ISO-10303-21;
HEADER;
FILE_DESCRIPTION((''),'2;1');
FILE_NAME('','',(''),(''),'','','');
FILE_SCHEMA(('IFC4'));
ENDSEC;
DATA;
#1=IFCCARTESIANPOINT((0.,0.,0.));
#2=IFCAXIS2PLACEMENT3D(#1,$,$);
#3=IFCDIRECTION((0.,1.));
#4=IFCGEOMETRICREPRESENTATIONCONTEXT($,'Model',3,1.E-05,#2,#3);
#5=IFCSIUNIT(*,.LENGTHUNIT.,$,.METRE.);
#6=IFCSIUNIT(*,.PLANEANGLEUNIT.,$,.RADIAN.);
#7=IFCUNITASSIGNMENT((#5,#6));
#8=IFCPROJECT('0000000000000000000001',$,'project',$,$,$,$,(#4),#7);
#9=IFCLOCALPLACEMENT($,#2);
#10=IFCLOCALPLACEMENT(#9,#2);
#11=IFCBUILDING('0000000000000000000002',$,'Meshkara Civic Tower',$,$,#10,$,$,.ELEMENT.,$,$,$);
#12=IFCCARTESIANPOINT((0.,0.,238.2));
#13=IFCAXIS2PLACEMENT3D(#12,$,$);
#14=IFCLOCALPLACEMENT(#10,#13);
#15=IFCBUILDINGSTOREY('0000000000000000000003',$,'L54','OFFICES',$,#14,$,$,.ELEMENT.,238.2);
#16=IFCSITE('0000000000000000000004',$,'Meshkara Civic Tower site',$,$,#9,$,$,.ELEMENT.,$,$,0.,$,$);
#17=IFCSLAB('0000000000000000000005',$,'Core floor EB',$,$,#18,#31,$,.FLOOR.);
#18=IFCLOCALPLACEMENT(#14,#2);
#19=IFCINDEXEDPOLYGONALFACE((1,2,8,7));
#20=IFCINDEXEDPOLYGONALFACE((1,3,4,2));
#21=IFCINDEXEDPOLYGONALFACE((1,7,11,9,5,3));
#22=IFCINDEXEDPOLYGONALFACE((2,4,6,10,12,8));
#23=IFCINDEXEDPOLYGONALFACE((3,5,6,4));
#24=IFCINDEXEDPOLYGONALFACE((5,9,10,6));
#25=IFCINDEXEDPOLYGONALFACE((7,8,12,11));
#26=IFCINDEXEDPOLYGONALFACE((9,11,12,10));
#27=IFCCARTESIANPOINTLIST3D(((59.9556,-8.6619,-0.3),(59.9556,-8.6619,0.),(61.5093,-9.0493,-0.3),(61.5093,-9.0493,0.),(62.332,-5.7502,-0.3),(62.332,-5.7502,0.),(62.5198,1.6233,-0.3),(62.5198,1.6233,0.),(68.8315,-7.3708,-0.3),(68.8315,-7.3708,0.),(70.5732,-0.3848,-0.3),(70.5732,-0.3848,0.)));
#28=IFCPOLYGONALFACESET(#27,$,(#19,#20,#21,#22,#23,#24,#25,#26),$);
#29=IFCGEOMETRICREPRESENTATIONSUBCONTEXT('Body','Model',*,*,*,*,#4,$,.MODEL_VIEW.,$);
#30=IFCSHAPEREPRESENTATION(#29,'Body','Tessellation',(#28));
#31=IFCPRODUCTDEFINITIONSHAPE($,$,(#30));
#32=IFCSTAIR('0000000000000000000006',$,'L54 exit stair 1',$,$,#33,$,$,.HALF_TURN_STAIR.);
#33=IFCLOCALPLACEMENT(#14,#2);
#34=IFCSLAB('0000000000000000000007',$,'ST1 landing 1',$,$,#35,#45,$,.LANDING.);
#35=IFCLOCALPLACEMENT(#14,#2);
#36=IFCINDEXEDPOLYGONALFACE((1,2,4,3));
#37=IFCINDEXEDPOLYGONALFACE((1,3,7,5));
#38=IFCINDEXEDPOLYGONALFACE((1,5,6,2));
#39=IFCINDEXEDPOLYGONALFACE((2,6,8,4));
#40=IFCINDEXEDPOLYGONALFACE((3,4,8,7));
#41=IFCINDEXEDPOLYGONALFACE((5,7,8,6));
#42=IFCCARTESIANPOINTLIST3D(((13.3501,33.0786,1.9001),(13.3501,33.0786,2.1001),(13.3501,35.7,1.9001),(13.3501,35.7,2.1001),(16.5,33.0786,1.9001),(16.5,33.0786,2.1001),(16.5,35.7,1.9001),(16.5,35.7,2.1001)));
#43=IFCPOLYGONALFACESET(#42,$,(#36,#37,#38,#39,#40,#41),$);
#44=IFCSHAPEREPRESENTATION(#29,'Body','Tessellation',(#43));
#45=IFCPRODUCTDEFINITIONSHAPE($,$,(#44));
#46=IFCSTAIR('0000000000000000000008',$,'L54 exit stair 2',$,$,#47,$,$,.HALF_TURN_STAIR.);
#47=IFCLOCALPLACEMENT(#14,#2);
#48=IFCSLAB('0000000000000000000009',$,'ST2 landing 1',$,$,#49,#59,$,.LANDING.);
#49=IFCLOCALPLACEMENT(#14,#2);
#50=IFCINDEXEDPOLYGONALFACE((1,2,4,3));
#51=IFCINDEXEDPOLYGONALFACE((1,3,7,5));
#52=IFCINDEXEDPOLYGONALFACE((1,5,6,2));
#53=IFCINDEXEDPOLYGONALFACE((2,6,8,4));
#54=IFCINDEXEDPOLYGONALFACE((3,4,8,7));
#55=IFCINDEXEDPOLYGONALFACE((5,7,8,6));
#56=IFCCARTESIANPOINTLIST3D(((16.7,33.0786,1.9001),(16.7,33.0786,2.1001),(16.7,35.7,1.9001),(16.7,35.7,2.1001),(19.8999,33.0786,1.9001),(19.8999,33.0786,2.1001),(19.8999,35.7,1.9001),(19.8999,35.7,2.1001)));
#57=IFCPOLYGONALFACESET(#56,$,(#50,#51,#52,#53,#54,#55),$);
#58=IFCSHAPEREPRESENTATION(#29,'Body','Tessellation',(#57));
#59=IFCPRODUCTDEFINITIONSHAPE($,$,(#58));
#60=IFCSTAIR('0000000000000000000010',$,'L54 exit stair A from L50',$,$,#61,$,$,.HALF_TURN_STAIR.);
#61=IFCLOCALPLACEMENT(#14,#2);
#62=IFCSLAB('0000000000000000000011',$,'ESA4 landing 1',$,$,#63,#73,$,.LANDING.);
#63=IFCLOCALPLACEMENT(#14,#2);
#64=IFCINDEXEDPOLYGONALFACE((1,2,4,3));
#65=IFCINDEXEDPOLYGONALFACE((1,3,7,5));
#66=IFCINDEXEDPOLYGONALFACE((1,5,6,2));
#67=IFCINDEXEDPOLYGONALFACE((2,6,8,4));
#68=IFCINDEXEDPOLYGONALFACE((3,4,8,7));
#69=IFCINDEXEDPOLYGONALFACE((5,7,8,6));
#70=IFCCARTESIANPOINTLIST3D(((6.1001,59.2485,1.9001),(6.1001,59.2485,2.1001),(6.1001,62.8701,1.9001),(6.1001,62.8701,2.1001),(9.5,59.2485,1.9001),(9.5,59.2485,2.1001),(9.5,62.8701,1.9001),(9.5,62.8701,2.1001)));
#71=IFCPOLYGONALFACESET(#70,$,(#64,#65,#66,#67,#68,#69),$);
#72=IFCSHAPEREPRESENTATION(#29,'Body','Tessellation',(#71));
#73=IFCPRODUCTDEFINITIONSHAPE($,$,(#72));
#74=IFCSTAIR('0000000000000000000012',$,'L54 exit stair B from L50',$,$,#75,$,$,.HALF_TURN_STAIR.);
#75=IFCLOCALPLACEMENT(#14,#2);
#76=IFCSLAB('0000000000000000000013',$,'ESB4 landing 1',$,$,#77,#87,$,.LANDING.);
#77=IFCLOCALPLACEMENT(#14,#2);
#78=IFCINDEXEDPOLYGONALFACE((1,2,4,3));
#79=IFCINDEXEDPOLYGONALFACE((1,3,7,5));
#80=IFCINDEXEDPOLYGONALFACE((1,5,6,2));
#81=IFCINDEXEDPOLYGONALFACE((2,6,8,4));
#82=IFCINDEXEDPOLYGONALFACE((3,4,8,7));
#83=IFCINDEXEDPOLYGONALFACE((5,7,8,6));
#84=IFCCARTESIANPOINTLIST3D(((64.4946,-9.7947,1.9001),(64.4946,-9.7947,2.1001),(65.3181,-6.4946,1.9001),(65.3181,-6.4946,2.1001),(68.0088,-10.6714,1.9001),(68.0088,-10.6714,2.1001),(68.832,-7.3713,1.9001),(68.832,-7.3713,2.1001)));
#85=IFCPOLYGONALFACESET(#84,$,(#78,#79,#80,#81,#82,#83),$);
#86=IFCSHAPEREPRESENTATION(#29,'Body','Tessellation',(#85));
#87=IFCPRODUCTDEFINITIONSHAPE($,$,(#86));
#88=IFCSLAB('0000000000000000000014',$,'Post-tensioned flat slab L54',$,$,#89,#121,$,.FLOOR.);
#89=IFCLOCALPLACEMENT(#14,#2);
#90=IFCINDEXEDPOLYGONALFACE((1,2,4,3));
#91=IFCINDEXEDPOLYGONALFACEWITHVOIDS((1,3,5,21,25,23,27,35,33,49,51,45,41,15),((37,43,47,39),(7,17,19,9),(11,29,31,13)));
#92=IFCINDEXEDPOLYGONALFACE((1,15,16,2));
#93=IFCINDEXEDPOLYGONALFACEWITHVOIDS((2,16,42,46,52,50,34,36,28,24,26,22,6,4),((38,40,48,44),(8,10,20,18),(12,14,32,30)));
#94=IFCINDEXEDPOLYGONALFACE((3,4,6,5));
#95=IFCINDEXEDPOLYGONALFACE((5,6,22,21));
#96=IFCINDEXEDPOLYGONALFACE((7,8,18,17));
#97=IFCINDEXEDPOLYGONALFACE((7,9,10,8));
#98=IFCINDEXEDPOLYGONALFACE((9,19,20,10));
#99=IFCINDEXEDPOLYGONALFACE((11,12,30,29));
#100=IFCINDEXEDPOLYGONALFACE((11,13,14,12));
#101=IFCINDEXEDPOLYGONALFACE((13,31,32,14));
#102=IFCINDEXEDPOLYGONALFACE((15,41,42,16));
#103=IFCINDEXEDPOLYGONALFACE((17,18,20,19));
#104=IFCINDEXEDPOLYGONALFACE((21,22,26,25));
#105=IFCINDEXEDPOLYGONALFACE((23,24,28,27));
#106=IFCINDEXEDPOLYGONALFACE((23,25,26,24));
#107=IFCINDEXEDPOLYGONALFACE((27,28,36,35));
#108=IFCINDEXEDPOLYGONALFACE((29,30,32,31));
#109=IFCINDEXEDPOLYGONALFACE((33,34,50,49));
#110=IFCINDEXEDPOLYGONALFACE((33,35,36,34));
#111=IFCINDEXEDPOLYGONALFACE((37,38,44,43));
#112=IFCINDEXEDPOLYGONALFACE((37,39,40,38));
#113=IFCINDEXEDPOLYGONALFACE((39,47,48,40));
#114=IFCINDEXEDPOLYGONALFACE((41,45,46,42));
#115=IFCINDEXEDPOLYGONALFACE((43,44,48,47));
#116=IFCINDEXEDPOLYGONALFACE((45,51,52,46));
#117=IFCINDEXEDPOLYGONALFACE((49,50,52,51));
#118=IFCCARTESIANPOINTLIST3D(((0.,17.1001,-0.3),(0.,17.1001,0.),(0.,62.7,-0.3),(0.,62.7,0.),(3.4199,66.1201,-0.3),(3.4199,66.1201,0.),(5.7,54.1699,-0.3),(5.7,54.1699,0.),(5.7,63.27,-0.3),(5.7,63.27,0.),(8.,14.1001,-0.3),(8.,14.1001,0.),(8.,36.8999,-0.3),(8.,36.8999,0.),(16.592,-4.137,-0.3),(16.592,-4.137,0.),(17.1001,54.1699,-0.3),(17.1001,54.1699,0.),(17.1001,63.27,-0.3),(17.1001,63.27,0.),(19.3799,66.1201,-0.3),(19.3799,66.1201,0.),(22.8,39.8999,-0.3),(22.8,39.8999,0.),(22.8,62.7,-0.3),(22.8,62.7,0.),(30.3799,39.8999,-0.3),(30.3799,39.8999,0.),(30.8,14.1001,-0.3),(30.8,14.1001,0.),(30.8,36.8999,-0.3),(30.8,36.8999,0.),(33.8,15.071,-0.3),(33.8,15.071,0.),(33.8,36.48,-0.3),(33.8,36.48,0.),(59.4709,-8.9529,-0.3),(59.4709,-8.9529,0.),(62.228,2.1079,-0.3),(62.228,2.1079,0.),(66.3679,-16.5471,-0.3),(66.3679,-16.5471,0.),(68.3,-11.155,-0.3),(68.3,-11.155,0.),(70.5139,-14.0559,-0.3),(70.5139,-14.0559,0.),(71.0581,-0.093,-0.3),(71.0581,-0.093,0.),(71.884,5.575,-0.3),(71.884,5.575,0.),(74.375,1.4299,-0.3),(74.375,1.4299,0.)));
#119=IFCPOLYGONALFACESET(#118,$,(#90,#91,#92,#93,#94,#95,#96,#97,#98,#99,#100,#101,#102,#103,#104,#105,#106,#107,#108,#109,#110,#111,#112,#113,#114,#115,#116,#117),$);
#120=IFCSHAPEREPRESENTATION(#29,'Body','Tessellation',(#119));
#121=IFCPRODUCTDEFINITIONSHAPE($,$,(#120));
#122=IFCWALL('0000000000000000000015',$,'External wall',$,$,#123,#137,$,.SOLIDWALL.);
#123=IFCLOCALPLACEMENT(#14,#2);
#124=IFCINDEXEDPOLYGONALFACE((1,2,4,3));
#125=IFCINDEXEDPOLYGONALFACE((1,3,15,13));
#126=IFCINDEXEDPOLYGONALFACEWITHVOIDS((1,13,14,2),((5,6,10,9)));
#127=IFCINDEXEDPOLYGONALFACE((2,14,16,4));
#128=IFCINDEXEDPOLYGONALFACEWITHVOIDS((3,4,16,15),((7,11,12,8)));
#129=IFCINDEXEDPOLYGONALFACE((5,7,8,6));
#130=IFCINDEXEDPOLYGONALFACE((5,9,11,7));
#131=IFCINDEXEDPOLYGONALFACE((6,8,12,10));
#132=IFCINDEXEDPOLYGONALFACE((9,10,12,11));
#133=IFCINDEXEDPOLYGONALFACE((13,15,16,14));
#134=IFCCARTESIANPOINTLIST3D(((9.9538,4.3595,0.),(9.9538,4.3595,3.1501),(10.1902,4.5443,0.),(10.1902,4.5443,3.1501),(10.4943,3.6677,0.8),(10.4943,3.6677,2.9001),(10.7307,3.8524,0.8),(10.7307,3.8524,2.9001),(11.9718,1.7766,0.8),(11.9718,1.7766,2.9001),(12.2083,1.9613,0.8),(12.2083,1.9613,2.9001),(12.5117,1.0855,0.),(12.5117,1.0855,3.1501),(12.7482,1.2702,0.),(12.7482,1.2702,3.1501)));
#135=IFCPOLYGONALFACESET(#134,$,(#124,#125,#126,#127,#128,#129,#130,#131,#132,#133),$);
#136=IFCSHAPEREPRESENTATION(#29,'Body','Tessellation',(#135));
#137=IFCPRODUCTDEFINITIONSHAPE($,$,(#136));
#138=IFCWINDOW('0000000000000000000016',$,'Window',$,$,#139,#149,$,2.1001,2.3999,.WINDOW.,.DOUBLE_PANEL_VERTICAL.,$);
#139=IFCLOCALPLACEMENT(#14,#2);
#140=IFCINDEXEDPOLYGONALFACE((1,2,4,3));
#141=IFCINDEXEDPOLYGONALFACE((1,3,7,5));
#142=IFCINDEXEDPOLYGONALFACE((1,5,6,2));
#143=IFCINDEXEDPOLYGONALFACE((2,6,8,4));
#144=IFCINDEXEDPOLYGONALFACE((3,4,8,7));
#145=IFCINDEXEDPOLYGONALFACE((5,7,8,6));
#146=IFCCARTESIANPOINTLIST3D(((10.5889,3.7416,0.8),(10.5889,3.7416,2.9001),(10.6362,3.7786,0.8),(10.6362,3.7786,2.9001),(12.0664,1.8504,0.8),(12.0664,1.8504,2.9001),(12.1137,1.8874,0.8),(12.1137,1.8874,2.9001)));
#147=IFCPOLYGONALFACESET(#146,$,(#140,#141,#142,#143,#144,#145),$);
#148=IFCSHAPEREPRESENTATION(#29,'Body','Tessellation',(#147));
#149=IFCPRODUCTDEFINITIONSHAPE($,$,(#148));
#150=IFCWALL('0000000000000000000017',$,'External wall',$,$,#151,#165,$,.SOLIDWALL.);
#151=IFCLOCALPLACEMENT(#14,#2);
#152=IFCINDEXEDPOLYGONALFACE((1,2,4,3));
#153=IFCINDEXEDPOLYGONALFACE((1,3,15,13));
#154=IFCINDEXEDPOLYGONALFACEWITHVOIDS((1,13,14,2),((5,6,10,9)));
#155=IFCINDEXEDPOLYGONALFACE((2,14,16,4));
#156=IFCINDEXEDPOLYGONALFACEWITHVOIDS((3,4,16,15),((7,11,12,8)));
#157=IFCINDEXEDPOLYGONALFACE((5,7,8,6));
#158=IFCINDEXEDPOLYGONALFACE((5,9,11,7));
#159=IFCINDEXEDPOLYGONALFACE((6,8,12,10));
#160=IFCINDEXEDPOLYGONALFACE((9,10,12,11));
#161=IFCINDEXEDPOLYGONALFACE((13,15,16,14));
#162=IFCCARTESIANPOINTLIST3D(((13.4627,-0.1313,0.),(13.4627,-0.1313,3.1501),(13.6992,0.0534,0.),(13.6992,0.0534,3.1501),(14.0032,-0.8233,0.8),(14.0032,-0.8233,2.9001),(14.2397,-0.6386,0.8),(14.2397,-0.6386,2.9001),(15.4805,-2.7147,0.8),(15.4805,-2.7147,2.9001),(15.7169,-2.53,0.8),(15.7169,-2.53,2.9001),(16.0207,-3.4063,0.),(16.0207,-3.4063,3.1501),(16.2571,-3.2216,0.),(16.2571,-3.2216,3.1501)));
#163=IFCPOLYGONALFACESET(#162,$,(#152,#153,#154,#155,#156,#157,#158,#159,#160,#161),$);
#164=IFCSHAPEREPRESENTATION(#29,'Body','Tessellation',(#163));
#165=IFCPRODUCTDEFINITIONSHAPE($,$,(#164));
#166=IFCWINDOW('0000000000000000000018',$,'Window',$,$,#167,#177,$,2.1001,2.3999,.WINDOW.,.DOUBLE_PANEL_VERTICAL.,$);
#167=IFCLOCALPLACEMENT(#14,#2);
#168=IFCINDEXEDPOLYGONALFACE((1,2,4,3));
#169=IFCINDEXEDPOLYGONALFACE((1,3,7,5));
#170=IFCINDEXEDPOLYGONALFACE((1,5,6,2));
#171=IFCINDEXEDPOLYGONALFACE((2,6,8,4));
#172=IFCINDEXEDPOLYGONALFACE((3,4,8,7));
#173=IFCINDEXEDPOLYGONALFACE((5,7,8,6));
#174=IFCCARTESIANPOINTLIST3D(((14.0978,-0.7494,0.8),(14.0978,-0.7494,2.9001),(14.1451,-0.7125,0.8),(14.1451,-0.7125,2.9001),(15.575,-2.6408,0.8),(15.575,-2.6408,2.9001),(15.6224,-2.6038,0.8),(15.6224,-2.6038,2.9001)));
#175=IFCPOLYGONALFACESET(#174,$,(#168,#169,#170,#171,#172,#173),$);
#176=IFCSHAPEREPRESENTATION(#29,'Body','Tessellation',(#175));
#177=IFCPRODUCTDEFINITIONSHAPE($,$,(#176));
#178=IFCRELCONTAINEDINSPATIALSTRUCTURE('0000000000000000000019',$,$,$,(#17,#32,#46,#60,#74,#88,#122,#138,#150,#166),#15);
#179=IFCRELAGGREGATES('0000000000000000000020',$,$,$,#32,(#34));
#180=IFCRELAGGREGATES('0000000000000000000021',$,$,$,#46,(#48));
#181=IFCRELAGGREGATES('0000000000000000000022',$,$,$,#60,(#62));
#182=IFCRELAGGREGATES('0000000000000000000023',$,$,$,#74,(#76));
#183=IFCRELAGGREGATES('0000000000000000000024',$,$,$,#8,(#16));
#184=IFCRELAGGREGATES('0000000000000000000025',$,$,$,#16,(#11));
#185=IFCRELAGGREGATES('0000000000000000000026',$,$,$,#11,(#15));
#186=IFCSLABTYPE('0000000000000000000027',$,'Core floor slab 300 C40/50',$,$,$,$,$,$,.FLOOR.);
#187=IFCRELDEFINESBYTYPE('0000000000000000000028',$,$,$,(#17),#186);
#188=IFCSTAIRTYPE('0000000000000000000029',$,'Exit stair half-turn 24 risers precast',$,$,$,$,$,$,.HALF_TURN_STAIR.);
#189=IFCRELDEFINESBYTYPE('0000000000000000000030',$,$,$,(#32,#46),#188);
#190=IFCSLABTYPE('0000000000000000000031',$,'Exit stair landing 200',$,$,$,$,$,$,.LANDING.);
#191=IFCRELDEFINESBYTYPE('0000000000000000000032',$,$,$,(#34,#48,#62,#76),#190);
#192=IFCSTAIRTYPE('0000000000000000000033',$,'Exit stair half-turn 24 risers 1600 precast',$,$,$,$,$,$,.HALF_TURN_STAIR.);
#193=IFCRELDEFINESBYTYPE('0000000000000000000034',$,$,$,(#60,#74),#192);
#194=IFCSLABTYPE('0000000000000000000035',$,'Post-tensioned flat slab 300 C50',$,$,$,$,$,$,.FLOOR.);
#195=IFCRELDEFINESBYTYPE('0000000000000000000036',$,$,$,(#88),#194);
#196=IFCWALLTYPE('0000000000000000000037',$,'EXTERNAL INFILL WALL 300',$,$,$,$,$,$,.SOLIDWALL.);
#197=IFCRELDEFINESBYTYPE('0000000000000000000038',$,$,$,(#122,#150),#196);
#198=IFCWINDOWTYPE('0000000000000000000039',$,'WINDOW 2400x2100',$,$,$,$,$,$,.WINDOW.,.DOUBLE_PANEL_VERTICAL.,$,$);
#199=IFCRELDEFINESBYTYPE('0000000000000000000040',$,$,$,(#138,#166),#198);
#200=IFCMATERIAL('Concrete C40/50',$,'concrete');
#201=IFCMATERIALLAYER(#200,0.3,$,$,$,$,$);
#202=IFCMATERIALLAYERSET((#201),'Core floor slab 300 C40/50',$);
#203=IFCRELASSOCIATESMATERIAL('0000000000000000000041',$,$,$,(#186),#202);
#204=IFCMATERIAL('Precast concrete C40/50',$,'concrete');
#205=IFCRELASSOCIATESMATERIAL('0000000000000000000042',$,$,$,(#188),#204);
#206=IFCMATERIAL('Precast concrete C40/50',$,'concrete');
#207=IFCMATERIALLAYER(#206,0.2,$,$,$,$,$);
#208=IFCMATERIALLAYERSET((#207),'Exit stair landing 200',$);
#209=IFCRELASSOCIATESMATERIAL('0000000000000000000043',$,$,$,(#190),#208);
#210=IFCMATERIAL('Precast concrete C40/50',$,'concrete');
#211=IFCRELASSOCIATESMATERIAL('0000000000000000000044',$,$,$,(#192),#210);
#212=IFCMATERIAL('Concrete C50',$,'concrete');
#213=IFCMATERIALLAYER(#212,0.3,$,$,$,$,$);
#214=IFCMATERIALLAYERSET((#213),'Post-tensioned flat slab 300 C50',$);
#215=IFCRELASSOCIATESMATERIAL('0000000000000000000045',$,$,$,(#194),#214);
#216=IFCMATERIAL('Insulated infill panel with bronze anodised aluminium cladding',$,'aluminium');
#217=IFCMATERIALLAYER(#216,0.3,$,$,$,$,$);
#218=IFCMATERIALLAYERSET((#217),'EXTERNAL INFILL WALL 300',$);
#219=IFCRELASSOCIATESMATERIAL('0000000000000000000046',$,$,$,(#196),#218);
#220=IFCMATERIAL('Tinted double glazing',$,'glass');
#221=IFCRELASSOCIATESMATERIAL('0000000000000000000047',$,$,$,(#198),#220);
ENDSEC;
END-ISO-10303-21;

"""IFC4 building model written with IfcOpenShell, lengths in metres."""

from ifc_helpers import new_model, si_unit, direction, frame, frame_2d, origin, place, context, subcontext, project, spatial, polyline, rectangle, outline, extrude, material, layer, layer_set, type_object, element, fill, aggregate, save


model = new_model("IFC4")

# Units and contexts
model_context = context("Model", 3, precision=1e-05, world=origin(), true_north=direction((0.0, 1.0)))
body_context = subcontext(model_context, "Body", "Model", "MODEL_VIEW")
ifc_project = project(units=[si_unit("LENGTHUNIT", "METRE"), si_unit("PLANEANGLEUNIT", "RADIAN")], contexts=[model_context])

# Site, building, storey
site_placement = place(None, origin())
site = spatial("IfcSite", under=ifc_project, at=site_placement, Name="Meshkara Civic Tower site", CompositionType="ELEMENT", RefElevation=0.0)
building_placement = place(site_placement, origin())
building = spatial("IfcBuilding", under=site, at=building_placement, Name="Meshkara Civic Tower", CompositionType="ELEMENT")
storey_placement = place(building_placement, frame((0.0, 0.0, 238.2)))
storey = spatial("IfcBuildingStorey", under=building, at=storey_placement, Name="L54", Description="OFFICES", CompositionType="ELEMENT", Elevation=238.2)

# Slab
ifc_material_1 = material(Name="Concrete C40/50", Category="concrete")
ifc_layer_1 = layer(ifc_material_1, 0.3)
ifc_layer_set_1 = layer_set([ifc_layer_1], Name="Core floor slab 300 C40/50")
slab_type_1 = type_object("IfcSlabType", Name="Core floor slab 300 C40/50", PredefinedType="FLOOR", material=ifc_layer_set_1)
slab_1_placement = place(storey_placement, frame((0.0, 0.0, -0.3)))
element("IfcSlab", 1, at=slab_1_placement, inside=storey, type_object=slab_type_1, Name="Core floor EB", PredefinedType="FLOOR", context=body_context, shape_type="SweptSolid", body=[
    extrude(outline(polyline([(62.5198, 1.6233), (70.5732, -0.3848), (68.8315, -7.3708), (62.332, -5.7502), (61.5093, -9.0493), (59.9556, -8.6619), (62.5198, 1.6233)])), origin(), (0.0, 0.0, 1.0), 0.3),
])

# Stairs, slabs
ifc_material_2 = material(Name="Precast concrete C40/50", Category="concrete")
stair_type_1 = type_object("IfcStairType", Name="Exit stair half-turn 24 risers precast", PredefinedType="HALF_TURN_STAIR", material=ifc_material_2)
stair_1_placement = place(storey_placement, origin())
stair_1 = element("IfcStair", 2, at=stair_1_placement, inside=storey, type_object=stair_type_1, Name="L54 exit stair 1", PredefinedType="HALF_TURN_STAIR")
ifc_material_3 = material(Name="Precast concrete C40/50", Category="concrete")
ifc_layer_2 = layer(ifc_material_3, 0.2)
ifc_layer_set_2 = layer_set([ifc_layer_2], Name="Exit stair landing 200")
slab_type_2 = type_object("IfcSlabType", Name="Exit stair landing 200", PredefinedType="LANDING", material=ifc_layer_set_2)
slab_2_placement = place(storey_placement, frame((0.0, 0.0, 1.9001)))
slab_2 = element("IfcSlab", 3, at=slab_2_placement, type_object=slab_type_2, Name="ST1 landing 1", PredefinedType="LANDING", context=body_context, shape_type="SweptSolid", body=[
    extrude(outline(polyline([(16.5, 33.0786), (16.5, 35.7), (13.3501, 35.7), (13.3501, 33.0786), (16.5, 33.0786)])), origin(), (0.0, 0.0, 1.0), 0.2),
])
aggregate(stair_1, [slab_2])
stair_2_placement = place(storey_placement, origin())
stair_2 = element("IfcStair", 4, at=stair_2_placement, inside=storey, type_object=stair_type_1, Name="L54 exit stair 2", PredefinedType="HALF_TURN_STAIR")
slab_3_placement = place(storey_placement, frame((0.0, 0.0, 1.9001)))
slab_3 = element("IfcSlab", 5, at=slab_3_placement, type_object=slab_type_2, Name="ST2 landing 1", PredefinedType="LANDING", context=body_context, shape_type="SweptSolid", body=[
    extrude(outline(polyline([(19.8999, 33.0786), (19.8999, 35.7), (16.7, 35.7), (16.7, 33.0786), (19.8999, 33.0786)])), origin(), (0.0, 0.0, 1.0), 0.2),
])
aggregate(stair_2, [slab_3])
ifc_material_4 = material(Name="Precast concrete C40/50", Category="concrete")
stair_type_2 = type_object("IfcStairType", Name="Exit stair half-turn 24 risers 1600 precast", PredefinedType="HALF_TURN_STAIR", material=ifc_material_4)
stair_3_placement = place(storey_placement, origin())
stair_3 = element("IfcStair", 6, at=stair_3_placement, inside=storey, type_object=stair_type_2, Name="L54 exit stair A from L50", PredefinedType="HALF_TURN_STAIR")
slab_4_placement = place(storey_placement, frame((0.0, 0.0, 1.9001)))
slab_4 = element("IfcSlab", 7, at=slab_4_placement, type_object=slab_type_2, Name="ESA4 landing 1", PredefinedType="LANDING", context=body_context, shape_type="SweptSolid", body=[
    extrude(outline(polyline([(9.5, 59.2485), (9.5, 62.8701), (6.1001, 62.8701), (6.1001, 59.2485), (9.5, 59.2485)])), origin(), (0.0, 0.0, 1.0), 0.2),
])
aggregate(stair_3, [slab_4])
stair_4_placement = place(storey_placement, origin())
stair_4 = element("IfcStair", 8, at=stair_4_placement, inside=storey, type_object=stair_type_2, Name="L54 exit stair B from L50", PredefinedType="HALF_TURN_STAIR")
slab_5_placement = place(storey_placement, frame((0.0, 0.0, 1.9001)))
slab_5 = element("IfcSlab", 9, at=slab_5_placement, type_object=slab_type_2, Name="ESB4 landing 1", PredefinedType="LANDING", context=body_context, shape_type="SweptSolid", body=[
    extrude(outline(polyline([(64.4946, -9.7947), (68.0088, -10.6714), (68.832, -7.3713), (65.3181, -6.4946), (64.4946, -9.7947)])), origin(), (0.0, 0.0, 1.0), 0.2),
])
aggregate(stair_4, [slab_5])

# Slab
ifc_material_5 = material(Name="Concrete C50", Category="concrete")
ifc_layer_3 = layer(ifc_material_5, 0.3)
ifc_layer_set_3 = layer_set([ifc_layer_3], Name="Post-tensioned flat slab 300 C50")
slab_type_3 = type_object("IfcSlabType", Name="Post-tensioned flat slab 300 C50", PredefinedType="FLOOR", material=ifc_layer_set_3)
slab_6_placement = place(storey_placement, frame((0.0, 0.0, -0.3)))
element("IfcSlab", 10, at=slab_6_placement, inside=storey, type_object=slab_type_3, Name="Post-tensioned flat slab L54", PredefinedType="FLOOR", context=body_context, shape_type="SweptSolid", body=[
    extrude(outline(polyline([(70.5139, -14.0559), (66.3679, -16.5471), (16.592, -4.137), (0.0, 17.1001), (0.0, 62.7), (3.4199, 66.1201), (19.3799, 66.1201), (22.8, 62.7), (22.8, 39.8999), (30.3799, 39.8999), (33.8, 36.48), (33.8, 15.071), (71.884, 5.575), (74.375, 1.4299), (70.5139, -14.0559)]), holes=[polyline([(68.3, -11.155), (71.0581, -0.093), (62.228, 2.1079), (59.4709, -8.9529), (68.3, -11.155)]), polyline([(8.0, 14.1001), (30.8, 14.1001), (30.8, 36.8999), (8.0, 36.8999), (8.0, 14.1001)]), polyline([(5.7, 63.27), (5.7, 54.1699), (17.1001, 54.1699), (17.1001, 63.27), (5.7, 63.27)])]), origin(), (0.0, 0.0, 1.0), 0.3),
])

# Walls, openings, windows
ifc_material_6 = material(Name="Insulated infill panel with bronze anodised aluminium cladding", Category="aluminium")
ifc_layer_4 = layer(ifc_material_6, 0.3)
ifc_layer_set_4 = layer_set([ifc_layer_4], Name="EXTERNAL INFILL WALL 300")
wall_type_1 = type_object("IfcWallType", Name="EXTERNAL INFILL WALL 300", PredefinedType="SOLIDWALL", material=ifc_layer_set_4)
wall_1_placement = place(storey_placement, frame((10.072, 4.4519, 0.0), z_axis=(0.0, 0.0, 1.0), x_axis=(0.61566, -0.788012, 0.0)))
wall_1 = element("IfcWall", 11, at=wall_1_placement, inside=storey, type_object=wall_type_1, Name="External wall", PredefinedType="SOLIDWALL", context=body_context, shape_type="SweptSolid", body=[
    extrude(rectangle(XDim=4.1548, YDim=0.3, at=frame_2d((2.0774, 0.0))), origin(), (0.0, 0.0, 1.0), 3.1501),
])
opening_1_placement = place(wall_1_placement, frame((0.8779, 0.0, 0.8)))
opening_1 = element("IfcOpeningElement", 12, at=opening_1_placement, cuts=wall_1, PredefinedType="OPENING", context=body_context, shape_type="SweptSolid", body=[
    extrude(rectangle(XDim=2.3999, YDim=2.1001, at=frame_2d((1.2, 1.05))), frame((0.0, 0.1599, 0.0), z_axis=(0.0, -1.0, 0.0), x_axis=(1.0, 0.0, 0.0)), (0.0, 0.0, 1.0), 0.3201),
])
ifc_material_7 = material(Name="Tinted double glazing", Category="glass")
window_type = type_object("IfcWindowType", Name="WINDOW 2400x2100", PartitioningType="DOUBLE_PANEL_VERTICAL", PredefinedType="WINDOW", material=ifc_material_7)
window_1_placement = place(opening_1_placement, origin())
window_1 = element("IfcWindow", 13, at=window_1_placement, inside=storey, type_object=window_type, Name="Window", OverallHeight=2.1001, OverallWidth=2.3999, PartitioningType="DOUBLE_PANEL_VERTICAL", PredefinedType="WINDOW", context=body_context, shape_type="SweptSolid", body=[
    extrude(rectangle(XDim=2.3999, YDim=2.1001, at=frame_2d((1.2, 1.05))), frame((0.0, 0.03, 0.0), z_axis=(0.0, -1.0, 0.0), x_axis=(1.0, 0.0, 0.0)), (0.0, 0.0, 1.0), 0.0601),
])
fill(opening_1, window_1)
wall_2_placement = place(storey_placement, frame((13.5811, -0.0391, 0.0), z_axis=(0.0, 0.0, 1.0), x_axis=(0.615546, -0.788101, 0.0)))
wall_2 = element("IfcWall", 14, at=wall_2_placement, inside=storey, type_object=wall_type_1, Name="External wall", PredefinedType="SOLIDWALL", context=body_context, shape_type="SweptSolid", body=[
    extrude(rectangle(XDim=4.1555, YDim=0.3, at=frame_2d((2.0776, 0.0))), origin(), (0.0, 0.0, 1.0), 3.1501),
])
opening_2_placement = place(wall_2_placement, frame((0.8779, 0.0, 0.8)))
opening_2 = element("IfcOpeningElement", 15, at=opening_2_placement, cuts=wall_2, PredefinedType="OPENING", context=body_context, shape_type="SweptSolid", body=[
    extrude(rectangle(XDim=2.3999, YDim=2.1001, at=frame_2d((1.2, 1.05))), frame((0.0, 0.1599, 0.0), z_axis=(0.0, -1.0, 0.0), x_axis=(1.0, 0.0, 0.0)), (0.0, 0.0, 1.0), 0.3201),
])
window_2_placement = place(opening_2_placement, origin())
window_2 = element("IfcWindow", 16, at=window_2_placement, inside=storey, type_object=window_type, Name="Window", OverallHeight=2.1001, OverallWidth=2.3999, PartitioningType="DOUBLE_PANEL_VERTICAL", PredefinedType="WINDOW", context=body_context, shape_type="SweptSolid", body=[
    extrude(rectangle(XDim=2.3999, YDim=2.1001, at=frame_2d((1.2, 1.05))), frame((0.0, 0.03, 0.0), z_axis=(0.0, -1.0, 0.0), x_axis=(1.0, 0.0, 0.0)), (0.0, 0.0, 1.0), 0.0601),
])
fill(opening_2, window_2)

save(model, "model.ifc")
